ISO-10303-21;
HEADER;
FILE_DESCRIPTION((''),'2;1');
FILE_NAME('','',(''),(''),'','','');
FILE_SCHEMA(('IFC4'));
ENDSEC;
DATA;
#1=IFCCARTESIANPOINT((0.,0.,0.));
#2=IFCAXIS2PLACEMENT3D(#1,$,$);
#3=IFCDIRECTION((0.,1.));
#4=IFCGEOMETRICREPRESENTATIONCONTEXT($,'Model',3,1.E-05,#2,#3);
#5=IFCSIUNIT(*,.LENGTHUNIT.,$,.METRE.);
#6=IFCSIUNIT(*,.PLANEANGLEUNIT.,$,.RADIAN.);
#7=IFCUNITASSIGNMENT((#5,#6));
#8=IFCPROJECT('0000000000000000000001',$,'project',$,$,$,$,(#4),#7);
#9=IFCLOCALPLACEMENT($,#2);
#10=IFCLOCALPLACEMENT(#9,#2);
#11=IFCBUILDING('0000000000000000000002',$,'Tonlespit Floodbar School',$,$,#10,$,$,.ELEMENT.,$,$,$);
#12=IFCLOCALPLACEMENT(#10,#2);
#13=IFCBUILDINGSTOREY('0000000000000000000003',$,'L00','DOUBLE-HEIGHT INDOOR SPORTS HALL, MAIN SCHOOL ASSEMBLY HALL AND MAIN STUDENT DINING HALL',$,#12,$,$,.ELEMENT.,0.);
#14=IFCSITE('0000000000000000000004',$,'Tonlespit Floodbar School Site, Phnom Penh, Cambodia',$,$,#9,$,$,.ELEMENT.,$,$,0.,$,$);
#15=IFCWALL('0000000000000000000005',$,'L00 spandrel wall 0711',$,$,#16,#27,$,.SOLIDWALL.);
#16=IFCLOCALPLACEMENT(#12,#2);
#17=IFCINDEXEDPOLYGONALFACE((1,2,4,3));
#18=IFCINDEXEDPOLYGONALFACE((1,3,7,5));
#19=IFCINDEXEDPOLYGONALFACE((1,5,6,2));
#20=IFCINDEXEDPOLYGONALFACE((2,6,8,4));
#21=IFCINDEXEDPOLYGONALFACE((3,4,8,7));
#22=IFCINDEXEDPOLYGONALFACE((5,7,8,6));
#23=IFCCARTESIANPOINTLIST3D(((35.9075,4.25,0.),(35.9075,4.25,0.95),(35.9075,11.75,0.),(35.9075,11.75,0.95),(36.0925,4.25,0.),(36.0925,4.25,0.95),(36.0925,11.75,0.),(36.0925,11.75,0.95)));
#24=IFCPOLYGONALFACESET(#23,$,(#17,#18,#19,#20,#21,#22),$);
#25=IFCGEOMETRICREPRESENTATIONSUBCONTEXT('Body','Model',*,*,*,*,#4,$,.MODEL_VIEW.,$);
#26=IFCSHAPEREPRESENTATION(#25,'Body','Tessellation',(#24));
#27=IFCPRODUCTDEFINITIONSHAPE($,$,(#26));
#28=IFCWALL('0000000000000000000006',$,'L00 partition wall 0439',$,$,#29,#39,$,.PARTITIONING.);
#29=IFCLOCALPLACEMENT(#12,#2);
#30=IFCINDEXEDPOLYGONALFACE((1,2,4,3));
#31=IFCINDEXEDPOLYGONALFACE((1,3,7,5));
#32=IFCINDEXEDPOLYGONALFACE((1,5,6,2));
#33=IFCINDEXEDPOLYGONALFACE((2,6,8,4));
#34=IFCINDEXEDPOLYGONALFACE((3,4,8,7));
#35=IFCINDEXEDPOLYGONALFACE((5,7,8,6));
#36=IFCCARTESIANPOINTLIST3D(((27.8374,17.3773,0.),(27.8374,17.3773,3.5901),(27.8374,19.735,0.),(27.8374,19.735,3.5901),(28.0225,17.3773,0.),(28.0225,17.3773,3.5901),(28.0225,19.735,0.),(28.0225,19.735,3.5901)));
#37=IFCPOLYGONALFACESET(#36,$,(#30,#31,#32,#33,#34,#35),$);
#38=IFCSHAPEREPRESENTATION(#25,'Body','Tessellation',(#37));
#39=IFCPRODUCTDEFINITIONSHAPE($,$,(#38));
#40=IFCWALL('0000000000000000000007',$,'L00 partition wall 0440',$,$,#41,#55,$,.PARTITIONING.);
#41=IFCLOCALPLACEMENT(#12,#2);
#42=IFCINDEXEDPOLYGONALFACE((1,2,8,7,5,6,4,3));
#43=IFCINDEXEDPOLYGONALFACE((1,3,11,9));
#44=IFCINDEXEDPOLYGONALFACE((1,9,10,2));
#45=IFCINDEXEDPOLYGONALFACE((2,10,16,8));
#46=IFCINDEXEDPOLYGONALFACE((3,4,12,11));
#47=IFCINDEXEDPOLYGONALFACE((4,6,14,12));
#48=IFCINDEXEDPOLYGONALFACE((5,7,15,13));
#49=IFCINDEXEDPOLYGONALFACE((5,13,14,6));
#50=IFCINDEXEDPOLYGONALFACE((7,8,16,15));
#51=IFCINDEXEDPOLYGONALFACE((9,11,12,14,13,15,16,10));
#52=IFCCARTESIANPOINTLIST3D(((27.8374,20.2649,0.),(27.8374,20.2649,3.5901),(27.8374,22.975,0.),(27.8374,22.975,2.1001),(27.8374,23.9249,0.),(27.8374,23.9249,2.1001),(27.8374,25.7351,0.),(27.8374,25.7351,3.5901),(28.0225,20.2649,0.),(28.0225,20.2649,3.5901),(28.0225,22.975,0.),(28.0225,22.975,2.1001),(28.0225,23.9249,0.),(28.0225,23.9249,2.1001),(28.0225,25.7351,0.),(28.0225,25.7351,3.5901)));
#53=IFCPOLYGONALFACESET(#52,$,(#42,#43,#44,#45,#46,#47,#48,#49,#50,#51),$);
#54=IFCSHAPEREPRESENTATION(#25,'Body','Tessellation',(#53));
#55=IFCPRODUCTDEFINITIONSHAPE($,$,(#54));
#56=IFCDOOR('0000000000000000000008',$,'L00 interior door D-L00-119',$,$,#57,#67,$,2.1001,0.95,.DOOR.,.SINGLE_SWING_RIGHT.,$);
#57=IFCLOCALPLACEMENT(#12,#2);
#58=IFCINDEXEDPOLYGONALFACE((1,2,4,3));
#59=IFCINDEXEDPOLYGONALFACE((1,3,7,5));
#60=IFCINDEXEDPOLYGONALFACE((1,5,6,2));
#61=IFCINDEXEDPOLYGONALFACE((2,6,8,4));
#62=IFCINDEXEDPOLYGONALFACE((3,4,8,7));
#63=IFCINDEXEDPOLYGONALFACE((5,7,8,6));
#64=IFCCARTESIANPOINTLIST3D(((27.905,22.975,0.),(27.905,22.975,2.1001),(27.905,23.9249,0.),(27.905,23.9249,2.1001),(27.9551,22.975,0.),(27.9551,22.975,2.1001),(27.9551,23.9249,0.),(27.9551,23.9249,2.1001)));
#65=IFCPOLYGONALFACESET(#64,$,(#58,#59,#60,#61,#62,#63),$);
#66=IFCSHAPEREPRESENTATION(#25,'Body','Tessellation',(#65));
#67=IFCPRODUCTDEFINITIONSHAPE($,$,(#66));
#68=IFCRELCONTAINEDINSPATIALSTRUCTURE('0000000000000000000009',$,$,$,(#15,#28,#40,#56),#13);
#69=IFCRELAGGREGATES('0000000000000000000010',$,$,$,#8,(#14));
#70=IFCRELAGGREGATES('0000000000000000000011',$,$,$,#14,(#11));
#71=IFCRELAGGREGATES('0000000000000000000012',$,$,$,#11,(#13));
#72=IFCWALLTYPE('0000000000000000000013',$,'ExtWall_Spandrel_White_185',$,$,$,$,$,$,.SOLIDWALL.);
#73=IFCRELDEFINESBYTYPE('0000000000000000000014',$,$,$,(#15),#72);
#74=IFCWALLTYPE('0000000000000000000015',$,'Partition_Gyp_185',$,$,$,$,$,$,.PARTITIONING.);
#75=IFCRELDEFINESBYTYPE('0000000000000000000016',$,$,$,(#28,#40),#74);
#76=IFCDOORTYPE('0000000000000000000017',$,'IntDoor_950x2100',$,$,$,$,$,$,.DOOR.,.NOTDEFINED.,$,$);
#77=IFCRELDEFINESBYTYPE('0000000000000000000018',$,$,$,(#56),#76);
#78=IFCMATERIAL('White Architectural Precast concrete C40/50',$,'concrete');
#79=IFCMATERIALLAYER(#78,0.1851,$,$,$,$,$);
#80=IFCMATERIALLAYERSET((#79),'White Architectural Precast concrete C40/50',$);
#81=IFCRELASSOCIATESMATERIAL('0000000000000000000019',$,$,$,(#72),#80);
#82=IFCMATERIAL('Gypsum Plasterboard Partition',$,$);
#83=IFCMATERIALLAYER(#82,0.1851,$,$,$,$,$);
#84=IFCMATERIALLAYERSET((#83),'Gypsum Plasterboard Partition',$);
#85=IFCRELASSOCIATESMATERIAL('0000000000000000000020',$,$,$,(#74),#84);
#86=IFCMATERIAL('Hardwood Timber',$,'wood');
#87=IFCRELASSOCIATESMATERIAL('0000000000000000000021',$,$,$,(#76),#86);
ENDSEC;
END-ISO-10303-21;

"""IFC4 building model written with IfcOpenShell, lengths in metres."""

from ifc_helpers import new_model, si_unit, direction, frame, frame_2d, origin, place, context, subcontext, project, spatial, rectangle, extrude, material, layer, layer_set, type_object, element, fill, save


model = new_model("IFC4")

# Units and contexts
model_context = context("Model", 3, precision=1e-05, world=origin(), true_north=direction((0.0, 1.0)))
body_context = subcontext(model_context, "Body", "Model", "MODEL_VIEW")
ifc_project = project(units=[si_unit("LENGTHUNIT", "METRE"), si_unit("PLANEANGLEUNIT", "RADIAN")], contexts=[model_context])

# Site, building, storey
site_placement = place(None, origin())
site = spatial("IfcSite", under=ifc_project, at=site_placement, Name="Tonlespit Floodbar School Site, Phnom Penh, Cambodia", CompositionType="ELEMENT", RefElevation=0.0)
building_placement = place(site_placement, origin())
building = spatial("IfcBuilding", under=site, at=building_placement, Name="Tonlespit Floodbar School", CompositionType="ELEMENT")
storey_placement = place(building_placement, origin())
storey = spatial("IfcBuildingStorey", under=building, at=storey_placement, Name="L00", Description="DOUBLE-HEIGHT INDOOR SPORTS HALL, MAIN SCHOOL ASSEMBLY HALL AND MAIN STUDENT DINING HALL", CompositionType="ELEMENT", Elevation=0.0)

# Walls
ifc_material_1 = material(Name="White Architectural Precast concrete C40/50", Category="concrete")
ifc_layer_1 = layer(ifc_material_1, 0.1851)
ifc_layer_set_1 = layer_set([ifc_layer_1], Name="White Architectural Precast concrete C40/50")
wall_type_1 = type_object("IfcWallType", Name="ExtWall_Spandrel_White_185", PredefinedType="SOLIDWALL", material=ifc_layer_set_1)
wall_1_placement = place(storey_placement, frame((36.0, 11.75, 0.0), z_axis=(0.0, 0.0, 1.0), x_axis=(0.0, -1.0, 0.0)))
element("IfcWall", 1, at=wall_1_placement, inside=storey, type_object=wall_type_1, Name="L00 spandrel wall 0711", PredefinedType="SOLIDWALL", context=body_context, shape_type="SweptSolid", body=[
    extrude(rectangle(XDim=7.5, YDim=0.1851, at=frame_2d((3.75, 0.0))), origin(), (0.0, 0.0, 1.0), 0.95),
])
ifc_material_2 = material(Name="Gypsum Plasterboard Partition")
ifc_layer_2 = layer(ifc_material_2, 0.1851)
ifc_layer_set_2 = layer_set([ifc_layer_2], Name="Gypsum Plasterboard Partition")
wall_type_2 = type_object("IfcWallType", Name="Partition_Gyp_185", PredefinedType="PARTITIONING", material=ifc_layer_set_2)
wall_2_placement = place(storey_placement, frame((27.9299, 17.3774, 0.0), z_axis=(0.0, 0.0, 1.0), x_axis=(0.0, 1.0, 0.0)))
element("IfcWall", 2, at=wall_2_placement, inside=storey, type_object=wall_type_2, Name="L00 partition wall 0439", PredefinedType="PARTITIONING", context=body_context, shape_type="SweptSolid", body=[
    extrude(rectangle(XDim=2.3577, YDim=0.1851, at=frame_2d((1.1787, 0.0))), origin(), (0.0, 0.0, 1.0), 3.5901),
])

# Wall, opening, door
wall_3_placement = place(storey_placement, frame((27.9299, 20.2649, 0.0), z_axis=(0.0, 0.0, 1.0), x_axis=(0.0, 1.0, 0.0)))
wall_3 = element("IfcWall", 3, at=wall_3_placement, inside=storey, type_object=wall_type_2, Name="L00 partition wall 0440", PredefinedType="PARTITIONING", context=body_context, shape_type="SweptSolid", body=[
    extrude(rectangle(XDim=5.4702, YDim=0.1851, at=frame_2d((2.7351, 0.0))), origin(), (0.0, 0.0, 1.0), 3.5901),
])
opening_placement = place(wall_3_placement, frame((2.71, 0.0, 0.0)))
opening = element("IfcOpeningElement", 4, at=opening_placement, cuts=wall_3, PredefinedType="OPENING", context=body_context, shape_type="SweptSolid", body=[
    extrude(rectangle(XDim=0.95, YDim=2.1001, at=frame_2d((0.4751, 1.05))), frame((0.0, 0.1025, 0.0), z_axis=(0.0, -1.0, 0.0), x_axis=(1.0, 0.0, 0.0)), (0.0, 0.0, 1.0), 0.2051),
])
ifc_material_3 = material(Name="Hardwood Timber", Category="wood")
door_type = type_object("IfcDoorType", Name="IntDoor_950x2100", OperationType="NOTDEFINED", PredefinedType="DOOR", material=ifc_material_3)
door_placement = place(opening_placement, origin())
door = element("IfcDoor", 5, at=door_placement, inside=storey, type_object=door_type, Name="L00 interior door D-L00-119", OperationType="SINGLE_SWING_RIGHT", OverallHeight=2.1001, OverallWidth=0.95, PredefinedType="DOOR", context=body_context, shape_type="SweptSolid", body=[
    extrude(rectangle(XDim=0.95, YDim=2.1001, at=frame_2d((0.4751, 1.05))), frame((0.0, 0.0249, 0.0), z_axis=(0.0, -1.0, 0.0), x_axis=(1.0, 0.0, 0.0)), (0.0, 0.0, 1.0), 0.05),
])
fill(opening, door)

save(model, "model.ifc")
